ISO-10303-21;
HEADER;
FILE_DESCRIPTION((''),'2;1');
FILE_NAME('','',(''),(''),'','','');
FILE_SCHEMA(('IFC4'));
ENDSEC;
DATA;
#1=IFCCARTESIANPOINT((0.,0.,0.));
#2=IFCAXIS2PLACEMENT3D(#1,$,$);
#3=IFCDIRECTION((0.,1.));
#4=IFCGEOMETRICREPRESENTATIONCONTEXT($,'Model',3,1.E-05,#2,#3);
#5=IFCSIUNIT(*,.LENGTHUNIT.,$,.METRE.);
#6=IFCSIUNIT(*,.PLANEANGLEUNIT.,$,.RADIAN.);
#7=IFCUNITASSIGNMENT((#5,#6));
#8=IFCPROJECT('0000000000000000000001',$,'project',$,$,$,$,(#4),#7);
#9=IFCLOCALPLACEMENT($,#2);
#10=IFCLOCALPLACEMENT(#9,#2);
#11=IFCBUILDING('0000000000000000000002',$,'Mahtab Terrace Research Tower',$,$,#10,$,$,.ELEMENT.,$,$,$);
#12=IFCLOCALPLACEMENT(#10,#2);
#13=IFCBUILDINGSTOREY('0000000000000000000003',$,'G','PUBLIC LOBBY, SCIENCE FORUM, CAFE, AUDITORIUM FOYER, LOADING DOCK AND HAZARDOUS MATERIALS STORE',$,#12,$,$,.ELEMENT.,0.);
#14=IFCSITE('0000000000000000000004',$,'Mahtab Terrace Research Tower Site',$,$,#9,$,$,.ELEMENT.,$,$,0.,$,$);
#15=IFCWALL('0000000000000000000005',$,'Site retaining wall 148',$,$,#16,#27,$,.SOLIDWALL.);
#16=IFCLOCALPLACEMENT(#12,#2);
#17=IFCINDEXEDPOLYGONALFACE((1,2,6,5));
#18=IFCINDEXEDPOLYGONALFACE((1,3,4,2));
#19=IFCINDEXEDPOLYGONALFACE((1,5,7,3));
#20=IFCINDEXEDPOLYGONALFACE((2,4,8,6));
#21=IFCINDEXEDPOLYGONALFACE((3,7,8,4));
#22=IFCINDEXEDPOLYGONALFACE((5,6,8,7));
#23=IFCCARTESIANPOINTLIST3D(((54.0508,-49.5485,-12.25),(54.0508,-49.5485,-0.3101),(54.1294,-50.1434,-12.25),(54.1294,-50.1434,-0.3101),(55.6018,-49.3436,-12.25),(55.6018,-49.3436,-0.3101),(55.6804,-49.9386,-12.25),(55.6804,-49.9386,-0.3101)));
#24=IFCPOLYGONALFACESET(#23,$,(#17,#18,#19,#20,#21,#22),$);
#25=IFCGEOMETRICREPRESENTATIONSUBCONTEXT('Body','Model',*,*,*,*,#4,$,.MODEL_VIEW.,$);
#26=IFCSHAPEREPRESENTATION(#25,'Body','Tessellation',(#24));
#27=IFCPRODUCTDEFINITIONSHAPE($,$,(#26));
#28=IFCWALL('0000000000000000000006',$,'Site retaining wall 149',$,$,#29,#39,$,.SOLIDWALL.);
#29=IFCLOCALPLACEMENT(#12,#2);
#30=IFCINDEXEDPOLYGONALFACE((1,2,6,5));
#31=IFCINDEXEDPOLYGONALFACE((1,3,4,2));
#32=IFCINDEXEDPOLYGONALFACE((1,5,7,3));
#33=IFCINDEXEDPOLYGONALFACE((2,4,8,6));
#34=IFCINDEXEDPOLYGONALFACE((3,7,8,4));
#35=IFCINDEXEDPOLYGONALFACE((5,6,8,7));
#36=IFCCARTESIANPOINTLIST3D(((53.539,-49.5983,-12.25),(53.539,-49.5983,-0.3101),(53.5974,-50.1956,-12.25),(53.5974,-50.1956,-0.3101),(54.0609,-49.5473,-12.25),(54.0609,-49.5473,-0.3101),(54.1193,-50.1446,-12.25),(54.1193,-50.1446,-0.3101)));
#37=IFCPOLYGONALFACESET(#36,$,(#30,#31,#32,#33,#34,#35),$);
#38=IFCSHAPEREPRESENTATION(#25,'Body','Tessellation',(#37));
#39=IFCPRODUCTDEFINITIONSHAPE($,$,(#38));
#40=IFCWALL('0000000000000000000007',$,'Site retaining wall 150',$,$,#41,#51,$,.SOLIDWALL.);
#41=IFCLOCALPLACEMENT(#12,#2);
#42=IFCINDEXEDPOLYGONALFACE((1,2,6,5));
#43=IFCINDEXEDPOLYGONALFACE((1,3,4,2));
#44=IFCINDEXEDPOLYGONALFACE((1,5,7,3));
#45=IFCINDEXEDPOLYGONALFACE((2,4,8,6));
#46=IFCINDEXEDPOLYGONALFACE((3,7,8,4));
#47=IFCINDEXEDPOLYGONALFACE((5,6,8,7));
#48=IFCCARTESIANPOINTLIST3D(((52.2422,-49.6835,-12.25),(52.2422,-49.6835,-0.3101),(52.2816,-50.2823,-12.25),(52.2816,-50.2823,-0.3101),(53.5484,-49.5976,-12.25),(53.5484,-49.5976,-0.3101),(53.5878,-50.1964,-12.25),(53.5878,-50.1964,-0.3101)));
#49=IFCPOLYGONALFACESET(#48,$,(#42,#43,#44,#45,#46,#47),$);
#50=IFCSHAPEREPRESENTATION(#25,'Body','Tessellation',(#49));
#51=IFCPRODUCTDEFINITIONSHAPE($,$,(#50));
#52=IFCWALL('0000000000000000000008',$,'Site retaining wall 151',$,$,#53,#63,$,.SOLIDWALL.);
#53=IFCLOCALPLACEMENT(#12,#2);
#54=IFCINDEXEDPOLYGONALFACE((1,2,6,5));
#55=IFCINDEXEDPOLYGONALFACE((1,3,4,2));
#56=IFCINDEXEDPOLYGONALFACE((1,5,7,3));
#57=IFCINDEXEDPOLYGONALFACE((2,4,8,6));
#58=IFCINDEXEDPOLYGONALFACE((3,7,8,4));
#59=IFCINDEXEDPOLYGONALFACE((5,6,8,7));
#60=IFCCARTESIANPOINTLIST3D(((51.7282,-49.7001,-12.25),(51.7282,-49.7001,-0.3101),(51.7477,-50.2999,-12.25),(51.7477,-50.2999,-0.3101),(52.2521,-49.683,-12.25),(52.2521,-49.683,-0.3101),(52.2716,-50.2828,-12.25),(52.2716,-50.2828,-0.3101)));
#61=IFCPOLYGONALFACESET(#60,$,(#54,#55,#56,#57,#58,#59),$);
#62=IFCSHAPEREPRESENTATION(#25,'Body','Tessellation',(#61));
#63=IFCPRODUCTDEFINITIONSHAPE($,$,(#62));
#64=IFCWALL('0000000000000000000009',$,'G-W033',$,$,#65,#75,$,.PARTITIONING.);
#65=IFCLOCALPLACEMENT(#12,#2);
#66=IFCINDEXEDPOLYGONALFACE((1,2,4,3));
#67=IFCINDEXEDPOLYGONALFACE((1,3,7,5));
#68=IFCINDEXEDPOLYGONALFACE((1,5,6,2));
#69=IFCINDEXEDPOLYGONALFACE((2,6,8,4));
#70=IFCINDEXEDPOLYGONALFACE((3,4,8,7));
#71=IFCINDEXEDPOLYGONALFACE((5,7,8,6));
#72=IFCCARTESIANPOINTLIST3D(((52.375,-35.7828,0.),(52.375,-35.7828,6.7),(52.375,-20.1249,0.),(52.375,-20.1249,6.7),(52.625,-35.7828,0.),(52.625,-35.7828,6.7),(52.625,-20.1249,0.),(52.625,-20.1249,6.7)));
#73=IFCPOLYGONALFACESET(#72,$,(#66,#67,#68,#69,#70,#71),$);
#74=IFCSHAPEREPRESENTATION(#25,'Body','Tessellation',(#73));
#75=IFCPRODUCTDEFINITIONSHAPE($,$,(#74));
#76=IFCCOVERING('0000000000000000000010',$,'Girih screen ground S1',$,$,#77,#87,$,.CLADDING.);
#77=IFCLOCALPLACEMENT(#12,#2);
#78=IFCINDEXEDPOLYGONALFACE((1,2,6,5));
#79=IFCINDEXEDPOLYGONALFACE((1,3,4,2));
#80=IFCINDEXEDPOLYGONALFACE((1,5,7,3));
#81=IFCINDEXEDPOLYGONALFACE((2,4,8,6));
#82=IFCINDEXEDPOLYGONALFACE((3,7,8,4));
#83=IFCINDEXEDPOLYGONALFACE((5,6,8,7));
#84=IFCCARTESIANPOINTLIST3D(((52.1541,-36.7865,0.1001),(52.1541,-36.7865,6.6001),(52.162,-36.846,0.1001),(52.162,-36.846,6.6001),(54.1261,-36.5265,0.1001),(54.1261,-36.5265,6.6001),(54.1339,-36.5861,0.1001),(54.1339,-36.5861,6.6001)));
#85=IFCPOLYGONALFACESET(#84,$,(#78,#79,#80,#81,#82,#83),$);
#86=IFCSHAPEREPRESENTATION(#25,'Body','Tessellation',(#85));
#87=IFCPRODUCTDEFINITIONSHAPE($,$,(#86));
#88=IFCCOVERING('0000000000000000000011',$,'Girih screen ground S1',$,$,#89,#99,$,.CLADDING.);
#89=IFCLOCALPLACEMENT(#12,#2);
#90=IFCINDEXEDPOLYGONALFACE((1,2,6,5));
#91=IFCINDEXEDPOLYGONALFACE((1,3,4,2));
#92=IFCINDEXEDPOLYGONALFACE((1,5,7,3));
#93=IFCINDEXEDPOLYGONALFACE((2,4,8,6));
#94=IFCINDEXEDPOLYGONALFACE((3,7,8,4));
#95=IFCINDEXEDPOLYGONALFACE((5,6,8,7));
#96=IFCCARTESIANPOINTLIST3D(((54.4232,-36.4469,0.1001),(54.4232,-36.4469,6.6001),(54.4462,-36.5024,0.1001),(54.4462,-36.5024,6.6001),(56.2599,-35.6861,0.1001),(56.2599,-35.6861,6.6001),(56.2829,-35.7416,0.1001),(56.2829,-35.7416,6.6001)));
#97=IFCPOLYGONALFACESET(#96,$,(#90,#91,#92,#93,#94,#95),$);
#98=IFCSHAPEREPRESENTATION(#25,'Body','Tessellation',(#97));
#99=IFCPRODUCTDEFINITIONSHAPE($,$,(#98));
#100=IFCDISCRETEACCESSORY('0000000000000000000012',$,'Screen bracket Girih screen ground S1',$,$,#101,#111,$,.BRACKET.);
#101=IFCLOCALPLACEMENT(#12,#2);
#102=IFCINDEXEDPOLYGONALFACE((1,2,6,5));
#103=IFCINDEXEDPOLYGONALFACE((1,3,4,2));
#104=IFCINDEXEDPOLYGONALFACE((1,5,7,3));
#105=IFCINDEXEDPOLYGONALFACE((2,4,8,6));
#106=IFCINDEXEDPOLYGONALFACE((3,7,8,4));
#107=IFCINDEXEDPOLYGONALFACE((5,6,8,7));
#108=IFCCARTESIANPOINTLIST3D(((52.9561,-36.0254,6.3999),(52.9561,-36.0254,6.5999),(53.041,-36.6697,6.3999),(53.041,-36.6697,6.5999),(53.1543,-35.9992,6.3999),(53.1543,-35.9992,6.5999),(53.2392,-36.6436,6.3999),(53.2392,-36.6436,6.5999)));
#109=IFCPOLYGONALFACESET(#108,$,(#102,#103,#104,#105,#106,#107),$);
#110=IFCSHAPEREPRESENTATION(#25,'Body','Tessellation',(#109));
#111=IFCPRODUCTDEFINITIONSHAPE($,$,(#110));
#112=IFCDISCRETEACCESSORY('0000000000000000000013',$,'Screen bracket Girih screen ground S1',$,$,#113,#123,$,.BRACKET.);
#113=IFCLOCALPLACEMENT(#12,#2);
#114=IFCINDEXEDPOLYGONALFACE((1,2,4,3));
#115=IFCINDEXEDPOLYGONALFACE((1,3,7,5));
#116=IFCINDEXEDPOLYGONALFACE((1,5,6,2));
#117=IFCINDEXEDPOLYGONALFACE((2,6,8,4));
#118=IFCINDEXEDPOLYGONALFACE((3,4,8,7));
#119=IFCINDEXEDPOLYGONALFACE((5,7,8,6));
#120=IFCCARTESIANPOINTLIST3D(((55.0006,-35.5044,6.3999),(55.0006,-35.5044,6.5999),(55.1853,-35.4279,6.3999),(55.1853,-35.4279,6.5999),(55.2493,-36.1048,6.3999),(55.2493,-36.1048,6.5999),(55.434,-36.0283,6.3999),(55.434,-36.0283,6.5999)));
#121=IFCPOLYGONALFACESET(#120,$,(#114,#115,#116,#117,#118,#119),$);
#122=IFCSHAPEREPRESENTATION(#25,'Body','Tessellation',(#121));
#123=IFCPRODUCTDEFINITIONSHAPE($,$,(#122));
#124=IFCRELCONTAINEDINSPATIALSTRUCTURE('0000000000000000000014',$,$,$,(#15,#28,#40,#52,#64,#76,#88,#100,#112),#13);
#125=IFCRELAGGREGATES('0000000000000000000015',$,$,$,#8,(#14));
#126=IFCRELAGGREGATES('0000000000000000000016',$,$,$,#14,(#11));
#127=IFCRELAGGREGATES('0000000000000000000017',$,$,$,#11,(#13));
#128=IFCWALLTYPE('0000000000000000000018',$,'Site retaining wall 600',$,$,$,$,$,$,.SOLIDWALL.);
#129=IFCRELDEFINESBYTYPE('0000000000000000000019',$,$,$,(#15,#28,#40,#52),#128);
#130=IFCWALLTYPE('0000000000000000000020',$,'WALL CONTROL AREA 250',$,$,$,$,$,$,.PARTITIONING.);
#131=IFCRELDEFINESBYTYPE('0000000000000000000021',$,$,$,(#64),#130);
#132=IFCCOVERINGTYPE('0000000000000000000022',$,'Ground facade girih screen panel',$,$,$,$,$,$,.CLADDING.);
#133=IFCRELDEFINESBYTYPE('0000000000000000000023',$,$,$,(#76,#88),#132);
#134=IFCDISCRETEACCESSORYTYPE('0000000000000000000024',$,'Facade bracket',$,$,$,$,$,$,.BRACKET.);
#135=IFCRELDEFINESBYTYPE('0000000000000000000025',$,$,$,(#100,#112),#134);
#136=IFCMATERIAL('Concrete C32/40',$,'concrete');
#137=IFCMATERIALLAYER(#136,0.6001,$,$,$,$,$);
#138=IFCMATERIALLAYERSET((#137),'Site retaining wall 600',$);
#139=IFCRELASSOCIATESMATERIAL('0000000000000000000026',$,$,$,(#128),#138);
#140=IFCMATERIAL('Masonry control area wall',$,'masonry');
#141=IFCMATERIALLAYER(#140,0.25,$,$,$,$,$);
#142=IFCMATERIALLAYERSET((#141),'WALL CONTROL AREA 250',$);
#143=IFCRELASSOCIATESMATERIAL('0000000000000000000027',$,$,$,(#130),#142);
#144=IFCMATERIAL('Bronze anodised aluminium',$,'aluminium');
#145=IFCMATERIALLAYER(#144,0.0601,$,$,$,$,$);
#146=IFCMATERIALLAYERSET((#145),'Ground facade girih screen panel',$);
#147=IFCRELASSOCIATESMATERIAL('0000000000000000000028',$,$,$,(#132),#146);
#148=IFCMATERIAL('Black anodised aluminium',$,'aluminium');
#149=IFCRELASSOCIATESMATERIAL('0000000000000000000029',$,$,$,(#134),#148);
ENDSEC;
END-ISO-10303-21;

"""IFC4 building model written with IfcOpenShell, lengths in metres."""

from ifc_helpers import new_model, si_unit, direction, frame, frame_2d, origin, origin_2d, place, context, subcontext, project, spatial, rectangle, extrude, material, layer, layer_set, type_object, element, save


model = new_model("IFC4")

# Units and contexts
model_context = context("Model", 3, precision=1e-05, world=origin(), true_north=direction((0.0, 1.0)))
body_context = subcontext(model_context, "Body", "Model", "MODEL_VIEW")
ifc_project = project(units=[si_unit("LENGTHUNIT", "METRE"), si_unit("PLANEANGLEUNIT", "RADIAN")], contexts=[model_context])

# Site, building, storey
site_placement = place(None, origin())
site = spatial("IfcSite", under=ifc_project, at=site_placement, Name="Mahtab Terrace Research Tower Site", CompositionType="ELEMENT", RefElevation=0.0)
building_placement = place(site_placement, origin())
building = spatial("IfcBuilding", under=site, at=building_placement, Name="Mahtab Terrace Research Tower", CompositionType="ELEMENT")
storey_placement = place(building_placement, origin())
storey = spatial("IfcBuildingStorey", under=building, at=storey_placement, Name="G", Description="PUBLIC LOBBY, SCIENCE FORUM, CAFE, AUDITORIUM FOYER, LOADING DOCK AND HAZARDOUS MATERIALS STORE", CompositionType="ELEMENT", Elevation=0.0)

# Walls
ifc_material_1 = material(Name="Concrete C32/40", Category="concrete")
ifc_layer_1 = layer(ifc_material_1, 0.6001)
ifc_layer_set_1 = layer_set([ifc_layer_1], Name="Site retaining wall 600")
wall_type_1 = type_object("IfcWallType", Name="Site retaining wall 600", PredefinedType="SOLIDWALL", material=ifc_layer_set_1)
wall_1_placement = place(storey_placement, frame((55.6411, -49.6411, -12.25), z_axis=(0.0, 0.0, 1.0), x_axis=(-0.991392, -0.130927, 0.0)))
element("IfcWall", 1, at=wall_1_placement, inside=storey, type_object=wall_type_1, Name="Site retaining wall 148", PredefinedType="SOLIDWALL", context=body_context, shape_type="SweptSolid", body=[
    extrude(rectangle(XDim=1.5645, YDim=0.6001, at=frame_2d((0.7822, 0.0))), origin(), (0.0, 0.0, 1.0), 11.9399),
])
wall_2_placement = place(storey_placement, frame((54.0901, -49.8459, -12.25), z_axis=(0.0, 0.0, 1.0), x_axis=(-0.995256, -0.097291, 0.0)))
element("IfcWall", 2, at=wall_2_placement, inside=storey, type_object=wall_type_1, Name="Site retaining wall 149", PredefinedType="SOLIDWALL", context=body_context, shape_type="SweptSolid", body=[
    extrude(rectangle(XDim=0.5244, YDim=0.6001, at=frame_2d((0.2622, 0.0))), origin(), (0.0, 0.0, 1.0), 11.9399),
])
wall_3_placement = place(storey_placement, frame((53.5681, -49.897, -12.25), z_axis=(0.0, 0.0, 1.0), x_axis=(-0.997843, -0.065652, 0.0)))
element("IfcWall", 3, at=wall_3_placement, inside=storey, type_object=wall_type_1, Name="Site retaining wall 150", PredefinedType="SOLIDWALL", context=body_context, shape_type="SweptSolid", body=[
    extrude(rectangle(XDim=1.3091, YDim=0.6001, at=frame_2d((0.6545, 0.0))), origin(), (0.0, 0.0, 1.0), 11.9399),
])
wall_4_placement = place(storey_placement, frame((52.262, -49.9829, -12.25), z_axis=(0.0, 0.0, 1.0), x_axis=(-0.999468, -0.032601, 0.0)))
element("IfcWall", 4, at=wall_4_placement, inside=storey, type_object=wall_type_1, Name="Site retaining wall 151", PredefinedType="SOLIDWALL", context=body_context, shape_type="SweptSolid", body=[
    extrude(rectangle(XDim=0.5242, YDim=0.6001, at=frame_2d((0.2622, 0.0))), origin(), (0.0, 0.0, 1.0), 11.9399),
])
ifc_material_2 = material(Name="Masonry control area wall", Category="masonry")
ifc_layer_2 = layer(ifc_material_2, 0.25)
ifc_layer_set_2 = layer_set([ifc_layer_2], Name="WALL CONTROL AREA 250")
wall_type_2 = type_object("IfcWallType", Name="WALL CONTROL AREA 250", PredefinedType="PARTITIONING", material=ifc_layer_set_2)
wall_5_placement = place(storey_placement, frame((52.5, -35.783, 0.0), z_axis=(0.0, 0.0, 1.0), x_axis=(0.0, 1.0, 0.0)))
element("IfcWall", 5, at=wall_5_placement, inside=storey, type_object=wall_type_2, Name="G-W033", PredefinedType="PARTITIONING", context=body_context, shape_type="SweptSolid", body=[
    extrude(rectangle(XDim=15.658, YDim=0.25, at=frame_2d((7.8291, 0.0))), origin(), (0.0, 0.0, 1.0), 6.7),
])

# Coverings
ifc_material_3 = material(Name="Bronze anodised aluminium", Category="aluminium")
ifc_layer_3 = layer(ifc_material_3, 0.0601)
ifc_layer_set_3 = layer_set([ifc_layer_3], Name="Ground facade girih screen panel")
covering_type = type_object("IfcCoveringType", Name="Ground facade girih screen panel", PredefinedType="CLADDING", material=ifc_layer_set_3)
covering_1_placement = place(storey_placement, frame((53.144, -36.6863, 0.1001), z_axis=(0.0, 0.0, 1.0), x_axis=(0.991423, 0.13069, 0.0)))
element("IfcCovering", 6, at=covering_1_placement, inside=storey, type_object=covering_type, Name="Girih screen ground S1", PredefinedType="CLADDING", context=body_context, shape_type="SweptSolid", body=[
    extrude(rectangle(XDim=1.989, YDim=0.0601, at=origin_2d()), origin(), (0.0, 0.0, 1.0), 6.5),
])
covering_2_placement = place(storey_placement, frame((55.353, -36.0942, 0.1001), z_axis=(0.0, 0.0, 1.0), x_axis=(0.923883, 0.382676, 0.0)))
element("IfcCovering", 7, at=covering_2_placement, inside=storey, type_object=covering_type, Name="Girih screen ground S1", PredefinedType="CLADDING", context=body_context, shape_type="SweptSolid", body=[
    extrude(rectangle(XDim=1.988, YDim=0.0601, at=origin_2d()), origin(), (0.0, 0.0, 1.0), 6.5),
])

# Discrete accessories
ifc_material_4 = material(Name="Black anodised aluminium", Category="aluminium")
discrete_accessory_type = type_object("IfcDiscreteAccessoryType", Name="Facade bracket", PredefinedType="BRACKET", material=ifc_material_4)
for number, where, z_axis, x_axis, name in (
    (8, (53.0977, -36.3345, 6.3999), (0.0, 0.0, 1.0), (0.991423, 0.13069, 0.0), "Screen bracket Girih screen ground S1"),
    (9, (55.2173, -35.7664, 6.3999), (0.0, 0.0, 1.0), (0.923883, 0.382676, 0.0), "Screen bracket Girih screen ground S1"),
):
    element("IfcDiscreteAccessory", number, at=place(storey_placement, frame(where, z_axis=z_axis, x_axis=x_axis)), inside=storey, type_object=discrete_accessory_type, Name=name, PredefinedType="BRACKET", context=body_context, shape_type="SweptSolid", body=[
        extrude(rectangle(XDim=0.2, YDim=0.6499, at=origin_2d()), origin(), (0.0, 0.0, 1.0), 0.2),
    ])

save(model, "model.ifc")
